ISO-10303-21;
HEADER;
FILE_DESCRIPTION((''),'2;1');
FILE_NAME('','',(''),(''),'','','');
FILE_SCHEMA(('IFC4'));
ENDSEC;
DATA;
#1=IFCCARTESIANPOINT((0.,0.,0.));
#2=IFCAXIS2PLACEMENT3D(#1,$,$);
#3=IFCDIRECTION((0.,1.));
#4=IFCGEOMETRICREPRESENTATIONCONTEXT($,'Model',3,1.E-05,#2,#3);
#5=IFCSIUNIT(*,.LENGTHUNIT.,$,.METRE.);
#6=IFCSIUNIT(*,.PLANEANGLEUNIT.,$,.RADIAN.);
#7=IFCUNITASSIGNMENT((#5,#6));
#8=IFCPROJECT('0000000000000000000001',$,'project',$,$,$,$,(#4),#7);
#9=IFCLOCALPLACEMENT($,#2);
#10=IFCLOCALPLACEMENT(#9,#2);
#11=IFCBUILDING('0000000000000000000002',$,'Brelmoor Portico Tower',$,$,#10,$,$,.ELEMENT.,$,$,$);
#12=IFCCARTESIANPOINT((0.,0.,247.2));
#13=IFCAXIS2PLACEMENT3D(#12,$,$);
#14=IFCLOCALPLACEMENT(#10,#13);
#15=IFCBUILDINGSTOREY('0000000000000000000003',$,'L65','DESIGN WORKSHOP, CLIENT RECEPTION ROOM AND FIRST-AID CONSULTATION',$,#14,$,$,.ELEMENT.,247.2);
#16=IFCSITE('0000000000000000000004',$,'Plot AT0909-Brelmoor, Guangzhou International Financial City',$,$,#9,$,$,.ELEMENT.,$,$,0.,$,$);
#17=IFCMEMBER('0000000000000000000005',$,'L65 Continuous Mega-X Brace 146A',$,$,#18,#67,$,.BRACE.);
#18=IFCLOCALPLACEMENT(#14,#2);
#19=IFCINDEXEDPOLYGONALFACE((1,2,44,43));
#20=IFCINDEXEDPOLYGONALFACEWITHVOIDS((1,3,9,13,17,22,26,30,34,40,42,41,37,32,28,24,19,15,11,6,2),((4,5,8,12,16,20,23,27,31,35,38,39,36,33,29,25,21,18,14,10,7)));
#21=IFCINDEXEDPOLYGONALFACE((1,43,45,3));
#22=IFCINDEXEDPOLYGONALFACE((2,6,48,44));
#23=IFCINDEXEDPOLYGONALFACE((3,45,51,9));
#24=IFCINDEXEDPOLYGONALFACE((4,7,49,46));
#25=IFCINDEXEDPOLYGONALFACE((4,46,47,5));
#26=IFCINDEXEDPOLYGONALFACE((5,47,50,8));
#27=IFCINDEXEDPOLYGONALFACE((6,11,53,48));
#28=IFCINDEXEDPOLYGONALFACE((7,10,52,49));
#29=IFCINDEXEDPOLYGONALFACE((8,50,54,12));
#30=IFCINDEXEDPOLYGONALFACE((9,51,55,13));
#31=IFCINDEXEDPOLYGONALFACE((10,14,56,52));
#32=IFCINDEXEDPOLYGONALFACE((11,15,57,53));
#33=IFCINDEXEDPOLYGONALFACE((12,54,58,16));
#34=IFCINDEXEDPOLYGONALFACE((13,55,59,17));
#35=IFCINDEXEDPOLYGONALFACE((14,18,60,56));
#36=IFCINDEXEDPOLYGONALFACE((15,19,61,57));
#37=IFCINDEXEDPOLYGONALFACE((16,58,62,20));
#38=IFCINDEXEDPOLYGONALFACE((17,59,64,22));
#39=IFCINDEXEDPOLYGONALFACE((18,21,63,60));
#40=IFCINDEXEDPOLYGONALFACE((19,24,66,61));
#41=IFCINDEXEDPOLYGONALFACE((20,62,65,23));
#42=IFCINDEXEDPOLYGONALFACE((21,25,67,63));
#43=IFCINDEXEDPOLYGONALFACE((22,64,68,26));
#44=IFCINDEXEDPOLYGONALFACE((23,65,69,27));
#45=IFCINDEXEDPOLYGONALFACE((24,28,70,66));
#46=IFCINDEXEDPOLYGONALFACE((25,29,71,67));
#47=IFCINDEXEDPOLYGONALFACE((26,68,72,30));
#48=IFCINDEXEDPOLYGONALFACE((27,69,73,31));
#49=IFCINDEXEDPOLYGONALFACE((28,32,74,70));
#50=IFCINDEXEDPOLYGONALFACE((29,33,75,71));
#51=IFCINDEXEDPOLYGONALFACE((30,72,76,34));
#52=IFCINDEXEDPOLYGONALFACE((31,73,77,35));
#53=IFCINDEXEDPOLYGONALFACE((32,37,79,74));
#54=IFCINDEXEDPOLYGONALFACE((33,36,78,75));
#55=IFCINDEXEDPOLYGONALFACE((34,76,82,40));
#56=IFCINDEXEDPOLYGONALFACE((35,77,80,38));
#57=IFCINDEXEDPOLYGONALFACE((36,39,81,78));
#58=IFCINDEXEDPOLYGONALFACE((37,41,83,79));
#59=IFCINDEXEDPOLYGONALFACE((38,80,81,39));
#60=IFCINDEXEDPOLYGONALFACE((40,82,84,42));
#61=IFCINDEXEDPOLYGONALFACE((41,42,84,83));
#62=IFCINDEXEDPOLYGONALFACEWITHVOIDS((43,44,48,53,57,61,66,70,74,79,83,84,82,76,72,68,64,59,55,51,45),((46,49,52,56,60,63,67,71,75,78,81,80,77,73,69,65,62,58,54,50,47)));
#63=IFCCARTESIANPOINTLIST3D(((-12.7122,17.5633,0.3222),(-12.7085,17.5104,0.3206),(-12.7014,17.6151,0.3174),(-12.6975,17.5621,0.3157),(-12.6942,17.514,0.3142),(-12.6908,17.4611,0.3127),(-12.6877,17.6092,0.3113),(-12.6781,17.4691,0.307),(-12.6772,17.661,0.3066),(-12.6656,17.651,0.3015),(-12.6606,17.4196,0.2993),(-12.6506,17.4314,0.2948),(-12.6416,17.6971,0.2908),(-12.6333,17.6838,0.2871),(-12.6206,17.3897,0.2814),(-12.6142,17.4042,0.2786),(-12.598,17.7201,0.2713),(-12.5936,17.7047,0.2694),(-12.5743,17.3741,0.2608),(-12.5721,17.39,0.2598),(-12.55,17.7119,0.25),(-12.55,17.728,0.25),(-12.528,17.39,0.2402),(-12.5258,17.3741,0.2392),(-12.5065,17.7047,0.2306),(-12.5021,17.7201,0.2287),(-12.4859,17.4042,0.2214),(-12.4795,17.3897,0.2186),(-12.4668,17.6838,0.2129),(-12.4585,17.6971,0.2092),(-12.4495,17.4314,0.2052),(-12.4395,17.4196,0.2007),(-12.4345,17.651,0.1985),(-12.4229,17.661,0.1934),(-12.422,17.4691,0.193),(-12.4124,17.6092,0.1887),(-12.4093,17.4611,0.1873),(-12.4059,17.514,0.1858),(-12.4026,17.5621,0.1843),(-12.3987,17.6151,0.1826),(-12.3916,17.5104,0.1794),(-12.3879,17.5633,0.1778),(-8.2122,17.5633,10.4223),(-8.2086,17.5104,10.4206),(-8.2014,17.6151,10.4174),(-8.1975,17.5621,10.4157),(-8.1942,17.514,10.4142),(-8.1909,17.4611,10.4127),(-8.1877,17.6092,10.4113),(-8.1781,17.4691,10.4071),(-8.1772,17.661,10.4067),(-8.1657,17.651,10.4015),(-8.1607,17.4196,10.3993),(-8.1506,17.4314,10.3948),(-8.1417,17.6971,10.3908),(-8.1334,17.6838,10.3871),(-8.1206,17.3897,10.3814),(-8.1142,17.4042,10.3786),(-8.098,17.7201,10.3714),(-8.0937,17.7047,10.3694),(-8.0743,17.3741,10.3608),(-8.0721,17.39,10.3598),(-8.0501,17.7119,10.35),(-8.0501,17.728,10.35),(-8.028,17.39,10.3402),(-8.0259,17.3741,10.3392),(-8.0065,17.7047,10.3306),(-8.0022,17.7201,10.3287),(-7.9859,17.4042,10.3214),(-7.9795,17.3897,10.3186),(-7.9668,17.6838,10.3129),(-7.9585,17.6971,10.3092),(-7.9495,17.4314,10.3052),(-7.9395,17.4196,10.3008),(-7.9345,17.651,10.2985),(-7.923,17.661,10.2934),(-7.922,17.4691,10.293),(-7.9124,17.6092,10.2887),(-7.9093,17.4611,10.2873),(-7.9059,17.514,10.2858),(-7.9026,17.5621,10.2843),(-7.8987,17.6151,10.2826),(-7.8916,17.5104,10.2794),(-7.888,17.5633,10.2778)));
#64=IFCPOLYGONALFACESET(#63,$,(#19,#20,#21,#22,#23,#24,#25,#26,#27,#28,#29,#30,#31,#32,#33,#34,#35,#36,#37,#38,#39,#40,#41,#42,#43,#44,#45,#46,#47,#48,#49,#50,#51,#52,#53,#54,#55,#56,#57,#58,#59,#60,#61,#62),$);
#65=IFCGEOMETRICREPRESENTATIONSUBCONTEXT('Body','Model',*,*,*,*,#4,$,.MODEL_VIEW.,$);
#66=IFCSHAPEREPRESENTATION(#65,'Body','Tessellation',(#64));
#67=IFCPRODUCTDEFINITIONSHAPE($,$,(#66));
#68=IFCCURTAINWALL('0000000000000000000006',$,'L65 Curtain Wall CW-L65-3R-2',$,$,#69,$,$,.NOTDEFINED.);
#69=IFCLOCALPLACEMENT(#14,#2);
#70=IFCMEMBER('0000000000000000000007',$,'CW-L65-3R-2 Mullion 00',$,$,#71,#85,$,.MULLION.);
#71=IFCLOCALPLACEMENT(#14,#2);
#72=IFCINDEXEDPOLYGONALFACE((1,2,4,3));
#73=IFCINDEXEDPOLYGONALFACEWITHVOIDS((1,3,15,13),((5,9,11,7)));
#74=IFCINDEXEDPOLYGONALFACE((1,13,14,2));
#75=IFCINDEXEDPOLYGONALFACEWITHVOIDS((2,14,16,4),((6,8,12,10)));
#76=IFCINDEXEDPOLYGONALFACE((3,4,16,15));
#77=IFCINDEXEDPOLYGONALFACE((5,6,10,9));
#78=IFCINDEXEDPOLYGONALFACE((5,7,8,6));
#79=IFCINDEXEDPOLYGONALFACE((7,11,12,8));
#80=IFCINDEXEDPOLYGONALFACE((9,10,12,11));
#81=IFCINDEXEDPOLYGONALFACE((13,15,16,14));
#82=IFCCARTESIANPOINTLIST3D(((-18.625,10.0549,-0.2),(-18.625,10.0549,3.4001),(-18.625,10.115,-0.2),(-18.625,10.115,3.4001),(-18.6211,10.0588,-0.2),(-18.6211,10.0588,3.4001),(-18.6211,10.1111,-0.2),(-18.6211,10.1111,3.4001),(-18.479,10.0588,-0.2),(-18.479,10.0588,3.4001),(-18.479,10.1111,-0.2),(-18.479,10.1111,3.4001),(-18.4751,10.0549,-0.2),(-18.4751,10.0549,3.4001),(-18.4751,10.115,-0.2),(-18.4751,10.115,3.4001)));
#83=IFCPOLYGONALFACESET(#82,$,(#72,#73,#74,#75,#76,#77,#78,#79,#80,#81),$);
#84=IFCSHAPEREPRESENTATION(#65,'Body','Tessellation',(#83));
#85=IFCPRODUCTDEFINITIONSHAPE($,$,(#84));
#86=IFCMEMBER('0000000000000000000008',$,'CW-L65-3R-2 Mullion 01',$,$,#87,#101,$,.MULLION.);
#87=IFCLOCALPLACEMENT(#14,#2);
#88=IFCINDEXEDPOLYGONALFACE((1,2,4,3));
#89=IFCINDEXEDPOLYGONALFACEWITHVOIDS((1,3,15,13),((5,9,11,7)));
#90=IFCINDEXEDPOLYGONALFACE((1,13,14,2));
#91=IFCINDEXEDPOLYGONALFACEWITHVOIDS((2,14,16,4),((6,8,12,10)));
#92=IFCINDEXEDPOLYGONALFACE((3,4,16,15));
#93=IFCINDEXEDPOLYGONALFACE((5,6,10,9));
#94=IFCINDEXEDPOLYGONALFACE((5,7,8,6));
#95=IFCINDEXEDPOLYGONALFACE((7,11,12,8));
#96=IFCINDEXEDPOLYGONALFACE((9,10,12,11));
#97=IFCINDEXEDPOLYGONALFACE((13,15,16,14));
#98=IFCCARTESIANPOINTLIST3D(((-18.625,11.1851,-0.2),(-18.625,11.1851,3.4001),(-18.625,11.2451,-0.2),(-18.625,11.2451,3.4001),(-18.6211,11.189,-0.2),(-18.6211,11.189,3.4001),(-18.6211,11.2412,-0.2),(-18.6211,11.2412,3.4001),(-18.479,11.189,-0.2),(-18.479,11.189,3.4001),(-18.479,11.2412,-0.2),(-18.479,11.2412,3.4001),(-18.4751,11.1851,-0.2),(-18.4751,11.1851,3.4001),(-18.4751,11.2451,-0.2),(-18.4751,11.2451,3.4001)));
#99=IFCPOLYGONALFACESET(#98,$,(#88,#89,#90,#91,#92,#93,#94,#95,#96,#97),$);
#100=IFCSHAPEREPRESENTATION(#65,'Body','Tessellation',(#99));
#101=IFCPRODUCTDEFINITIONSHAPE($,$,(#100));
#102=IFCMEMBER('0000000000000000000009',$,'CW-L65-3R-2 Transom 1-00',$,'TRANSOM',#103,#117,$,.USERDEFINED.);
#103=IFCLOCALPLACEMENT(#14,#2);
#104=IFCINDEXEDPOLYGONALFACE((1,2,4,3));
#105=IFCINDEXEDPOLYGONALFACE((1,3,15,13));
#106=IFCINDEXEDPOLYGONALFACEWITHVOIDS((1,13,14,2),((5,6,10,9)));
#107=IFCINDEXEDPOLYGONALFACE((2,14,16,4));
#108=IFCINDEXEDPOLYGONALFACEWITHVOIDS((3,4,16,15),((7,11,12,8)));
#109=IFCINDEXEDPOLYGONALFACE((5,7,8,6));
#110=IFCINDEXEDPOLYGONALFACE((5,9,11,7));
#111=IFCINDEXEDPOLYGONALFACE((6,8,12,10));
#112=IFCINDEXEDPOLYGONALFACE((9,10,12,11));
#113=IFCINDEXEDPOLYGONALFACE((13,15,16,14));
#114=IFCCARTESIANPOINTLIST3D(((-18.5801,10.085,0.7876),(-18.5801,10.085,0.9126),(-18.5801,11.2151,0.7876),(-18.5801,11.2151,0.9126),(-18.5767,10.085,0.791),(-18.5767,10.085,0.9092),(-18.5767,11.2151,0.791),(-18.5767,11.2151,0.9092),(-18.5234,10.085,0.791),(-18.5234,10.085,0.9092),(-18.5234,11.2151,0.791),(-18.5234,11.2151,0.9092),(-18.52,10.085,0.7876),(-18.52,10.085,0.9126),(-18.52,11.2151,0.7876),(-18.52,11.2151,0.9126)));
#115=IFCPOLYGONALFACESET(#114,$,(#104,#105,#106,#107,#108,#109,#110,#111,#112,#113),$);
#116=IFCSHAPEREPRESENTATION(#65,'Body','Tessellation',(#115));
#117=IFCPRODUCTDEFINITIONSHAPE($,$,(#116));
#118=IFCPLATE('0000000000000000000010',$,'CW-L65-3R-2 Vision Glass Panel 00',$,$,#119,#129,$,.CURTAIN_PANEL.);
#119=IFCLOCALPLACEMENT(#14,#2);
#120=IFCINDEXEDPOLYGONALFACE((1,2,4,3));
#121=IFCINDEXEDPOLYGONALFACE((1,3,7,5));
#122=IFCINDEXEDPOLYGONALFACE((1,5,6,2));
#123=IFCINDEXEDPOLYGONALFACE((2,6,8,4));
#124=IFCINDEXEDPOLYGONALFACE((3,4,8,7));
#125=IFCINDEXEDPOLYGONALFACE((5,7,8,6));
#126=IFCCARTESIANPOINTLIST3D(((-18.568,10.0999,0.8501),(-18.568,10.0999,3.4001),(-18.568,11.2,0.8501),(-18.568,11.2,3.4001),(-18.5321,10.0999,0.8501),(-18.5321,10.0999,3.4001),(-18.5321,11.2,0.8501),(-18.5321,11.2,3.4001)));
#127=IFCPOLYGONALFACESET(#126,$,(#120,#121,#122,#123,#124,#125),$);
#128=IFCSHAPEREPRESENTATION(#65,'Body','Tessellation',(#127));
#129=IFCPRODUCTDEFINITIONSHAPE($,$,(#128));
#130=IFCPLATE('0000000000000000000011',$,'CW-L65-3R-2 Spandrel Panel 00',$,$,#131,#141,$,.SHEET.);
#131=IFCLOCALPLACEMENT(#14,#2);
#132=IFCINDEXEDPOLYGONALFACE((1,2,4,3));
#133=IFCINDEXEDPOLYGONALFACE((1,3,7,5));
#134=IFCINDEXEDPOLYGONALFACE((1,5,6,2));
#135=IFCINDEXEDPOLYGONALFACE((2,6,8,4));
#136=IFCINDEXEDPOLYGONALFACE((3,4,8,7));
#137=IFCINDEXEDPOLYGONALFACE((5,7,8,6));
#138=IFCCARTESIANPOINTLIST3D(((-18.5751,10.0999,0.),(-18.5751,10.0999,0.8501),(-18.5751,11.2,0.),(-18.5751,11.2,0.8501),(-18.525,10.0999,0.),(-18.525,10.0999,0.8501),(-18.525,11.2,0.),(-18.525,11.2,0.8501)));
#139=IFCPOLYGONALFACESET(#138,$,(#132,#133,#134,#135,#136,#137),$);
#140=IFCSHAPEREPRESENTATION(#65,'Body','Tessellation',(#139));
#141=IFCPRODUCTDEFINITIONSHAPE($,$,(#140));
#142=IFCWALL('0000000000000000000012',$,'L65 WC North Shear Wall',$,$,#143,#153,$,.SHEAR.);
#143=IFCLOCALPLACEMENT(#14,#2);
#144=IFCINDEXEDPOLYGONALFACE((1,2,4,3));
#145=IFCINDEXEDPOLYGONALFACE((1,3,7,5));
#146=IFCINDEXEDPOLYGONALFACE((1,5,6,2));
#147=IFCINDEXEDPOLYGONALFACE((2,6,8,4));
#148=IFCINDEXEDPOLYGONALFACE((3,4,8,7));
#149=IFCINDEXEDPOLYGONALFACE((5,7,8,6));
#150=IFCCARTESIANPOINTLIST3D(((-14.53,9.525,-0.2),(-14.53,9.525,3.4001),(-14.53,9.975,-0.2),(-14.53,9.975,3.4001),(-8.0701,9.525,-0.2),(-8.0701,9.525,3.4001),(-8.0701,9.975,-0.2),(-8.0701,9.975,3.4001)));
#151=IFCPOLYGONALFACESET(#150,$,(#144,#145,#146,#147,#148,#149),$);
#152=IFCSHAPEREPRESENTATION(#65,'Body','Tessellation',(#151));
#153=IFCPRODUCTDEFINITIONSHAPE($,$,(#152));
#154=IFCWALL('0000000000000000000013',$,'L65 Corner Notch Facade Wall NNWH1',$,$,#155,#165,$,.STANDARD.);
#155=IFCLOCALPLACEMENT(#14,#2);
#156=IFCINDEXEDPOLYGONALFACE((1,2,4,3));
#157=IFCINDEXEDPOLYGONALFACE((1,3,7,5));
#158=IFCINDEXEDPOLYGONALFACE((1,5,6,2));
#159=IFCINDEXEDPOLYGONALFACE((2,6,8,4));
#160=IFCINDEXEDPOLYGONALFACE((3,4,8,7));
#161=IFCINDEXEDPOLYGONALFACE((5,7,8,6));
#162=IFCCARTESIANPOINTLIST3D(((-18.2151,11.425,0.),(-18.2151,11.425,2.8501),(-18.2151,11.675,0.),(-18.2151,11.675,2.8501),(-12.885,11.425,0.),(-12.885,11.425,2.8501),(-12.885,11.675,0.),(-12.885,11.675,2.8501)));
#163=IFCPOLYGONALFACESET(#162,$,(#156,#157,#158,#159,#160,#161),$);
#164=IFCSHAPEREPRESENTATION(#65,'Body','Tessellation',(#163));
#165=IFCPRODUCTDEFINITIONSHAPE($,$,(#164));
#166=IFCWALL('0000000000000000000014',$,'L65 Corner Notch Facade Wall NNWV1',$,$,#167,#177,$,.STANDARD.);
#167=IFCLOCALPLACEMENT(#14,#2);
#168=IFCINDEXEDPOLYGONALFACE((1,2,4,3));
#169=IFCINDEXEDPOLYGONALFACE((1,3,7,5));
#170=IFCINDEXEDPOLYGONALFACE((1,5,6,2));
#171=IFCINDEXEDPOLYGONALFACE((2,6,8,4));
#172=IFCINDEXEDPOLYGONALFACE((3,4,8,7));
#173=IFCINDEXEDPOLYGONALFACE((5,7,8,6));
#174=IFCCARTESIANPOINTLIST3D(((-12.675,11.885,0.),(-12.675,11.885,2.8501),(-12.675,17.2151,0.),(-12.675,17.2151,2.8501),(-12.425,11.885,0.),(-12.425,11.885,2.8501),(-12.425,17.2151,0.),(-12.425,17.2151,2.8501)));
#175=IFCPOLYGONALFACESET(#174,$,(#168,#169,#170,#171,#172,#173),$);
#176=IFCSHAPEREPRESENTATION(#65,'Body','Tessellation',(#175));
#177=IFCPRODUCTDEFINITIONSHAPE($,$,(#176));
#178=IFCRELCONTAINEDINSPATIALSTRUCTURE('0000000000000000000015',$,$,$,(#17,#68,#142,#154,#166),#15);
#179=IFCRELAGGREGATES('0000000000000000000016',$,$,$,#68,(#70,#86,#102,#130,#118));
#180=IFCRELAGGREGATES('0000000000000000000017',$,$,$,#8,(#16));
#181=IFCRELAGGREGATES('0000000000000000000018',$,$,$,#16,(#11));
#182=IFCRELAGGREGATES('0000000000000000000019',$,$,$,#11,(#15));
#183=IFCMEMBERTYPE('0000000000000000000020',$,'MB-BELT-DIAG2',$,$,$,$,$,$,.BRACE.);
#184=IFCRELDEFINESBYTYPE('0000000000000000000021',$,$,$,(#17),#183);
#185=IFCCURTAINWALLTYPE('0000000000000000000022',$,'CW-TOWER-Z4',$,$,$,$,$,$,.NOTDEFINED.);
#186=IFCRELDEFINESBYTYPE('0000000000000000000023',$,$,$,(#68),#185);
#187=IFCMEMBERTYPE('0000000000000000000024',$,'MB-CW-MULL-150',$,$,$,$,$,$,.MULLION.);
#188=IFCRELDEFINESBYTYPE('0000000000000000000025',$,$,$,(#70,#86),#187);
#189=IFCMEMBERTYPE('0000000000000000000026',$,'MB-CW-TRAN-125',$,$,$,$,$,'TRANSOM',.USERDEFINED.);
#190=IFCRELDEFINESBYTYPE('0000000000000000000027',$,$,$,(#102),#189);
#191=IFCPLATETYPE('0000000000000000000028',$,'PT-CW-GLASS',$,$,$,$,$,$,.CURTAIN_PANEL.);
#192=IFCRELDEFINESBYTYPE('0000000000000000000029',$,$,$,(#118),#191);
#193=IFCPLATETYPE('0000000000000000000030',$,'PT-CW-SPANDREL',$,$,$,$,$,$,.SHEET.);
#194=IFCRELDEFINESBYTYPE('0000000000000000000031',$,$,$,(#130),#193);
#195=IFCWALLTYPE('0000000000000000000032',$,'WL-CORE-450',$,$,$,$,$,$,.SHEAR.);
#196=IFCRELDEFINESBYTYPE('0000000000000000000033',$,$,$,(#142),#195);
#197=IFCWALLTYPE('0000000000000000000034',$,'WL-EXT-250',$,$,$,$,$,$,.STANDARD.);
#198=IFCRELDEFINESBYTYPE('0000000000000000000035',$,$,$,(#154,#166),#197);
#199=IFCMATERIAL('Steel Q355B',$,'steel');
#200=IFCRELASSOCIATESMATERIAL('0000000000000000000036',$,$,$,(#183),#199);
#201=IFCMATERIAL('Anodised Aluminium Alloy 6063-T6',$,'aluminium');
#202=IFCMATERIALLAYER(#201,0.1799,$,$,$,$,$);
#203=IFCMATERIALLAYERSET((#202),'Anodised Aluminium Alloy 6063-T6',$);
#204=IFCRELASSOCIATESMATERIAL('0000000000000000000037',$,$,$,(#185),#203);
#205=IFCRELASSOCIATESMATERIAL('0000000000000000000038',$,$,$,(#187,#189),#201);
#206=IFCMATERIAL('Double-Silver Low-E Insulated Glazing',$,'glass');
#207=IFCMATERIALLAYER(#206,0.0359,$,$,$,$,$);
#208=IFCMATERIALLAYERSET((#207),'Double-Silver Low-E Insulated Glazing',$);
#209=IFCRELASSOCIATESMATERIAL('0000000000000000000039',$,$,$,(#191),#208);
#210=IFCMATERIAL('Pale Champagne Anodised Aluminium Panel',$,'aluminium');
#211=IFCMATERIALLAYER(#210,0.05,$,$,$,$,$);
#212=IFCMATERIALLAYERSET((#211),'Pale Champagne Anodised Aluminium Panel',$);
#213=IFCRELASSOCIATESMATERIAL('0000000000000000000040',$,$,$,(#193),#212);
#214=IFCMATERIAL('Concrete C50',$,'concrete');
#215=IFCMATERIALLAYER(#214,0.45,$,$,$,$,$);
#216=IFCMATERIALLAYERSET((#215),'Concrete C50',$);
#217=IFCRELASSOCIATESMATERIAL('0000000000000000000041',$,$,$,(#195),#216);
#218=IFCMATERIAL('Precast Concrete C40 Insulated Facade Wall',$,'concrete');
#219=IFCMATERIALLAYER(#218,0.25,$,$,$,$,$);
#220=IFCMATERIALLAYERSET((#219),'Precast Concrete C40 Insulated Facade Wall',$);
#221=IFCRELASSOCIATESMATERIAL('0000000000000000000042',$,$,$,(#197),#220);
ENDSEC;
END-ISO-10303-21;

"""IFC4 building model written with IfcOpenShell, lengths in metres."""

from ifc_helpers import new_model, si_unit, direction, frame, frame_2d, origin, origin_2d, place, context, subcontext, project, spatial, rectangle, hollow_rectangle, hollow_circle, extrude, material, layer, layer_set, material_profile, profile_set, type_object, element, aggregate, save


model = new_model("IFC4")

# Units and contexts
model_context = context("Model", 3, precision=1e-05, world=origin(), true_north=direction((0.0, 1.0)))
body_context = subcontext(model_context, "Body", "Model", "MODEL_VIEW")
ifc_project = project(units=[si_unit("LENGTHUNIT", "METRE"), si_unit("PLANEANGLEUNIT", "RADIAN")], contexts=[model_context])

# Site, building, storey
site_placement = place(None, origin())
site = spatial("IfcSite", under=ifc_project, at=site_placement, Name="Plot AT0909-Brelmoor, Guangzhou International Financial City", CompositionType="ELEMENT", RefElevation=0.0)
building_placement = place(site_placement, origin())
building = spatial("IfcBuilding", under=site, at=building_placement, Name="Brelmoor Portico Tower", CompositionType="ELEMENT")
storey_placement = place(building_placement, frame((0.0, 0.0, 247.2)))
storey = spatial("IfcBuildingStorey", under=building, at=storey_placement, Name="L65", Description="DESIGN WORKSHOP, CLIENT RECEPTION ROOM AND FIRST-AID CONSULTATION", CompositionType="ELEMENT", Elevation=247.2)

# Shared definitions
ifc_material_1 = material(Name="Steel Q355B", Category="steel")

# Member
ifc_material_profile_1 = material_profile(ifc_material_1, hollow_circle(Radius=0.178, WallThickness=0.0161, at=origin_2d()), Name="CHS 356x16")
ifc_profile_set_1 = profile_set([ifc_material_profile_1], Name="Steel Q355B")
member_type_1 = type_object("IfcMemberType", Name="MB-BELT-DIAG2", PredefinedType="BRACE", material=ifc_profile_set_1)
member_1_placement = place(storey_placement, frame((-12.55, 17.55, 0.25), z_axis=(0.406974, 0.0, 0.91344), x_axis=(0.0, 1.0, 0.0)))
element("IfcMember", 1, at=member_1_placement, inside=storey, type_object=member_type_1, Name="L65 Continuous Mega-X Brace 146A", PredefinedType="BRACE", context=body_context, shape_type="SweptSolid", body=[
    extrude(hollow_circle(Radius=0.178, WallThickness=0.0161, at=origin_2d()), origin(), (0.0, 0.0, 1.0), 11.0571),
])

# Curtain wall, members, plates
ifc_material_2 = material(Name="Anodised Aluminium Alloy 6063-T6", Category="aluminium")
ifc_layer_1 = layer(ifc_material_2, 0.1799)
ifc_layer_set_1 = layer_set([ifc_layer_1], Name="Anodised Aluminium Alloy 6063-T6")
curtain_wall_type = type_object("IfcCurtainWallType", Name="CW-TOWER-Z4", PredefinedType="NOTDEFINED", material=ifc_layer_set_1)
curtain_wall_placement = place(storey_placement, origin())
curtain_wall = element("IfcCurtainWall", 2, at=curtain_wall_placement, inside=storey, type_object=curtain_wall_type, Name="L65 Curtain Wall CW-L65-3R-2", PredefinedType="NOTDEFINED")
ifc_material_profile_2 = material_profile(ifc_material_2, hollow_rectangle(XDim=0.0601, YDim=0.1499, WallThickness=0.0039, at=origin_2d()), Name="ALU MULLION 60x150")
ifc_profile_set_2 = profile_set([ifc_material_profile_2], Name="Anodised Aluminium Alloy 6063-T6")
member_type_2 = type_object("IfcMemberType", Name="MB-CW-MULL-150", PredefinedType="MULLION", material=ifc_profile_set_2)
member_2_placement = place(storey_placement, frame((-18.55, 10.085, -0.2), z_axis=(0.0, 0.0, 1.0), x_axis=(0.0, 1.0, 0.0)))
member_2 = element("IfcMember", 3, at=member_2_placement, type_object=member_type_2, Name="CW-L65-3R-2 Mullion 00", PredefinedType="MULLION", context=body_context, shape_type="SweptSolid", body=[
    extrude(hollow_rectangle(XDim=0.0601, YDim=0.1499, WallThickness=0.0039, at=origin_2d()), origin(), (0.0, 0.0, 1.0), 3.6001),
])
member_3_placement = place(storey_placement, frame((-18.55, 11.2151, -0.2), z_axis=(0.0, 0.0, 1.0), x_axis=(0.0, 1.0, 0.0)))
member_3 = element("IfcMember", 4, at=member_3_placement, type_object=member_type_2, Name="CW-L65-3R-2 Mullion 01", PredefinedType="MULLION", context=body_context, shape_type="SweptSolid", body=[
    extrude(hollow_rectangle(XDim=0.0601, YDim=0.1499, WallThickness=0.0039, at=origin_2d()), origin(), (0.0, 0.0, 1.0), 3.6001),
])
ifc_material_profile_3 = material_profile(ifc_material_2, hollow_rectangle(XDim=0.0601, YDim=0.125, WallThickness=0.0034, at=origin_2d()), Name="ALU TRANSOM 60x125")
ifc_profile_set_3 = profile_set([ifc_material_profile_3], Name="Anodised Aluminium Alloy 6063-T6")
member_type_3 = type_object("IfcMemberType", Name="MB-CW-TRAN-125", ElementType="TRANSOM", PredefinedType="USERDEFINED", material=ifc_profile_set_3)
member_4_placement = place(storey_placement, frame((-18.55, 10.085, 0.8501), z_axis=(0.0, 1.0, 0.0), x_axis=(-1.0, 0.0, 0.0)))
member_4 = element("IfcMember", 5, at=member_4_placement, type_object=member_type_3, Name="CW-L65-3R-2 Transom 1-00", ObjectType="TRANSOM", PredefinedType="USERDEFINED", context=body_context, shape_type="SweptSolid", body=[
    extrude(hollow_rectangle(XDim=0.0601, YDim=0.125, WallThickness=0.0034, at=origin_2d()), origin(), (0.0, 0.0, 1.0), 1.1301),
])
ifc_material_3 = material(Name="Double-Silver Low-E Insulated Glazing", Category="glass")
ifc_layer_2 = layer(ifc_material_3, 0.0359)
ifc_layer_set_2 = layer_set([ifc_layer_2], Name="Double-Silver Low-E Insulated Glazing")
plate_type_1 = type_object("IfcPlateType", Name="PT-CW-GLASS", PredefinedType="CURTAIN_PANEL", material=ifc_layer_set_2)
plate_1_placement = place(storey_placement, frame((-18.55, 10.6499, 0.8501), z_axis=(0.0, 0.0, 1.0), x_axis=(0.0, 1.0, 0.0)))
plate_1 = element("IfcPlate", 6, at=plate_1_placement, type_object=plate_type_1, Name="CW-L65-3R-2 Vision Glass Panel 00", PredefinedType="CURTAIN_PANEL", context=body_context, shape_type="SweptSolid", body=[
    extrude(rectangle(XDim=1.1001, YDim=0.0359, at=origin_2d()), origin(), (0.0, 0.0, 1.0), 2.55),
])
ifc_material_4 = material(Name="Pale Champagne Anodised Aluminium Panel", Category="aluminium")
ifc_layer_3 = layer(ifc_material_4, 0.05)
ifc_layer_set_3 = layer_set([ifc_layer_3], Name="Pale Champagne Anodised Aluminium Panel")
plate_type_2 = type_object("IfcPlateType", Name="PT-CW-SPANDREL", PredefinedType="SHEET", material=ifc_layer_set_3)
plate_2_placement = place(storey_placement, frame((-18.55, 10.6499, 0.0), z_axis=(0.0, 0.0, 1.0), x_axis=(0.0, 1.0, 0.0)))
plate_2 = element("IfcPlate", 7, at=plate_2_placement, type_object=plate_type_2, Name="CW-L65-3R-2 Spandrel Panel 00", PredefinedType="SHEET", context=body_context, shape_type="SweptSolid", body=[
    extrude(rectangle(XDim=1.1001, YDim=0.05, at=origin_2d()), origin(), (0.0, 0.0, 1.0), 0.8501),
])
aggregate(curtain_wall, [member_2, member_3, member_4, plate_2, plate_1])

# Walls
ifc_material_5 = material(Name="Concrete C50", Category="concrete")
ifc_layer_4 = layer(ifc_material_5, 0.45)
ifc_layer_set_4 = layer_set([ifc_layer_4], Name="Concrete C50")
wall_type_1 = type_object("IfcWallType", Name="WL-CORE-450", PredefinedType="SHEAR", material=ifc_layer_set_4)
wall_1_placement = place(storey_placement, frame((-14.53, 9.75, -0.2), z_axis=(0.0, 0.0, 1.0), x_axis=(1.0, 0.0, 0.0)))
element("IfcWall", 8, at=wall_1_placement, inside=storey, type_object=wall_type_1, Name="L65 WC North Shear Wall", PredefinedType="SHEAR", context=body_context, shape_type="SweptSolid", body=[
    extrude(rectangle(XDim=6.46, YDim=0.45, at=frame_2d((3.23, 0.0))), origin(), (0.0, 0.0, 1.0), 3.6001),
])
ifc_material_6 = material(Name="Precast Concrete C40 Insulated Facade Wall", Category="concrete")
ifc_layer_5 = layer(ifc_material_6, 0.25)
ifc_layer_set_5 = layer_set([ifc_layer_5], Name="Precast Concrete C40 Insulated Facade Wall")
wall_type_2 = type_object("IfcWallType", Name="WL-EXT-250", PredefinedType="STANDARD", material=ifc_layer_set_5)
for number, where, z_axis, x_axis, name in (
    (9, (-18.2151, 11.55, 0.0), (0.0, 0.0, 1.0), (1.0, 0.0, 0.0), "L65 Corner Notch Facade Wall NNWH1"),
    (10, (-12.55, 11.885, 0.0), (0.0, 0.0, 1.0), (0.0, 1.0, 0.0), "L65 Corner Notch Facade Wall NNWV1"),
):
    element("IfcWall", number, at=place(storey_placement, frame(where, z_axis=z_axis, x_axis=x_axis)), inside=storey, type_object=wall_type_2, Name=name, PredefinedType="STANDARD", context=body_context, shape_type="SweptSolid", body=[
        extrude(rectangle(XDim=5.3301, YDim=0.25, at=frame_2d((2.665, 0.0))), origin(), (0.0, 0.0, 1.0), 2.8501),
    ])

save(model, "model.ifc")
